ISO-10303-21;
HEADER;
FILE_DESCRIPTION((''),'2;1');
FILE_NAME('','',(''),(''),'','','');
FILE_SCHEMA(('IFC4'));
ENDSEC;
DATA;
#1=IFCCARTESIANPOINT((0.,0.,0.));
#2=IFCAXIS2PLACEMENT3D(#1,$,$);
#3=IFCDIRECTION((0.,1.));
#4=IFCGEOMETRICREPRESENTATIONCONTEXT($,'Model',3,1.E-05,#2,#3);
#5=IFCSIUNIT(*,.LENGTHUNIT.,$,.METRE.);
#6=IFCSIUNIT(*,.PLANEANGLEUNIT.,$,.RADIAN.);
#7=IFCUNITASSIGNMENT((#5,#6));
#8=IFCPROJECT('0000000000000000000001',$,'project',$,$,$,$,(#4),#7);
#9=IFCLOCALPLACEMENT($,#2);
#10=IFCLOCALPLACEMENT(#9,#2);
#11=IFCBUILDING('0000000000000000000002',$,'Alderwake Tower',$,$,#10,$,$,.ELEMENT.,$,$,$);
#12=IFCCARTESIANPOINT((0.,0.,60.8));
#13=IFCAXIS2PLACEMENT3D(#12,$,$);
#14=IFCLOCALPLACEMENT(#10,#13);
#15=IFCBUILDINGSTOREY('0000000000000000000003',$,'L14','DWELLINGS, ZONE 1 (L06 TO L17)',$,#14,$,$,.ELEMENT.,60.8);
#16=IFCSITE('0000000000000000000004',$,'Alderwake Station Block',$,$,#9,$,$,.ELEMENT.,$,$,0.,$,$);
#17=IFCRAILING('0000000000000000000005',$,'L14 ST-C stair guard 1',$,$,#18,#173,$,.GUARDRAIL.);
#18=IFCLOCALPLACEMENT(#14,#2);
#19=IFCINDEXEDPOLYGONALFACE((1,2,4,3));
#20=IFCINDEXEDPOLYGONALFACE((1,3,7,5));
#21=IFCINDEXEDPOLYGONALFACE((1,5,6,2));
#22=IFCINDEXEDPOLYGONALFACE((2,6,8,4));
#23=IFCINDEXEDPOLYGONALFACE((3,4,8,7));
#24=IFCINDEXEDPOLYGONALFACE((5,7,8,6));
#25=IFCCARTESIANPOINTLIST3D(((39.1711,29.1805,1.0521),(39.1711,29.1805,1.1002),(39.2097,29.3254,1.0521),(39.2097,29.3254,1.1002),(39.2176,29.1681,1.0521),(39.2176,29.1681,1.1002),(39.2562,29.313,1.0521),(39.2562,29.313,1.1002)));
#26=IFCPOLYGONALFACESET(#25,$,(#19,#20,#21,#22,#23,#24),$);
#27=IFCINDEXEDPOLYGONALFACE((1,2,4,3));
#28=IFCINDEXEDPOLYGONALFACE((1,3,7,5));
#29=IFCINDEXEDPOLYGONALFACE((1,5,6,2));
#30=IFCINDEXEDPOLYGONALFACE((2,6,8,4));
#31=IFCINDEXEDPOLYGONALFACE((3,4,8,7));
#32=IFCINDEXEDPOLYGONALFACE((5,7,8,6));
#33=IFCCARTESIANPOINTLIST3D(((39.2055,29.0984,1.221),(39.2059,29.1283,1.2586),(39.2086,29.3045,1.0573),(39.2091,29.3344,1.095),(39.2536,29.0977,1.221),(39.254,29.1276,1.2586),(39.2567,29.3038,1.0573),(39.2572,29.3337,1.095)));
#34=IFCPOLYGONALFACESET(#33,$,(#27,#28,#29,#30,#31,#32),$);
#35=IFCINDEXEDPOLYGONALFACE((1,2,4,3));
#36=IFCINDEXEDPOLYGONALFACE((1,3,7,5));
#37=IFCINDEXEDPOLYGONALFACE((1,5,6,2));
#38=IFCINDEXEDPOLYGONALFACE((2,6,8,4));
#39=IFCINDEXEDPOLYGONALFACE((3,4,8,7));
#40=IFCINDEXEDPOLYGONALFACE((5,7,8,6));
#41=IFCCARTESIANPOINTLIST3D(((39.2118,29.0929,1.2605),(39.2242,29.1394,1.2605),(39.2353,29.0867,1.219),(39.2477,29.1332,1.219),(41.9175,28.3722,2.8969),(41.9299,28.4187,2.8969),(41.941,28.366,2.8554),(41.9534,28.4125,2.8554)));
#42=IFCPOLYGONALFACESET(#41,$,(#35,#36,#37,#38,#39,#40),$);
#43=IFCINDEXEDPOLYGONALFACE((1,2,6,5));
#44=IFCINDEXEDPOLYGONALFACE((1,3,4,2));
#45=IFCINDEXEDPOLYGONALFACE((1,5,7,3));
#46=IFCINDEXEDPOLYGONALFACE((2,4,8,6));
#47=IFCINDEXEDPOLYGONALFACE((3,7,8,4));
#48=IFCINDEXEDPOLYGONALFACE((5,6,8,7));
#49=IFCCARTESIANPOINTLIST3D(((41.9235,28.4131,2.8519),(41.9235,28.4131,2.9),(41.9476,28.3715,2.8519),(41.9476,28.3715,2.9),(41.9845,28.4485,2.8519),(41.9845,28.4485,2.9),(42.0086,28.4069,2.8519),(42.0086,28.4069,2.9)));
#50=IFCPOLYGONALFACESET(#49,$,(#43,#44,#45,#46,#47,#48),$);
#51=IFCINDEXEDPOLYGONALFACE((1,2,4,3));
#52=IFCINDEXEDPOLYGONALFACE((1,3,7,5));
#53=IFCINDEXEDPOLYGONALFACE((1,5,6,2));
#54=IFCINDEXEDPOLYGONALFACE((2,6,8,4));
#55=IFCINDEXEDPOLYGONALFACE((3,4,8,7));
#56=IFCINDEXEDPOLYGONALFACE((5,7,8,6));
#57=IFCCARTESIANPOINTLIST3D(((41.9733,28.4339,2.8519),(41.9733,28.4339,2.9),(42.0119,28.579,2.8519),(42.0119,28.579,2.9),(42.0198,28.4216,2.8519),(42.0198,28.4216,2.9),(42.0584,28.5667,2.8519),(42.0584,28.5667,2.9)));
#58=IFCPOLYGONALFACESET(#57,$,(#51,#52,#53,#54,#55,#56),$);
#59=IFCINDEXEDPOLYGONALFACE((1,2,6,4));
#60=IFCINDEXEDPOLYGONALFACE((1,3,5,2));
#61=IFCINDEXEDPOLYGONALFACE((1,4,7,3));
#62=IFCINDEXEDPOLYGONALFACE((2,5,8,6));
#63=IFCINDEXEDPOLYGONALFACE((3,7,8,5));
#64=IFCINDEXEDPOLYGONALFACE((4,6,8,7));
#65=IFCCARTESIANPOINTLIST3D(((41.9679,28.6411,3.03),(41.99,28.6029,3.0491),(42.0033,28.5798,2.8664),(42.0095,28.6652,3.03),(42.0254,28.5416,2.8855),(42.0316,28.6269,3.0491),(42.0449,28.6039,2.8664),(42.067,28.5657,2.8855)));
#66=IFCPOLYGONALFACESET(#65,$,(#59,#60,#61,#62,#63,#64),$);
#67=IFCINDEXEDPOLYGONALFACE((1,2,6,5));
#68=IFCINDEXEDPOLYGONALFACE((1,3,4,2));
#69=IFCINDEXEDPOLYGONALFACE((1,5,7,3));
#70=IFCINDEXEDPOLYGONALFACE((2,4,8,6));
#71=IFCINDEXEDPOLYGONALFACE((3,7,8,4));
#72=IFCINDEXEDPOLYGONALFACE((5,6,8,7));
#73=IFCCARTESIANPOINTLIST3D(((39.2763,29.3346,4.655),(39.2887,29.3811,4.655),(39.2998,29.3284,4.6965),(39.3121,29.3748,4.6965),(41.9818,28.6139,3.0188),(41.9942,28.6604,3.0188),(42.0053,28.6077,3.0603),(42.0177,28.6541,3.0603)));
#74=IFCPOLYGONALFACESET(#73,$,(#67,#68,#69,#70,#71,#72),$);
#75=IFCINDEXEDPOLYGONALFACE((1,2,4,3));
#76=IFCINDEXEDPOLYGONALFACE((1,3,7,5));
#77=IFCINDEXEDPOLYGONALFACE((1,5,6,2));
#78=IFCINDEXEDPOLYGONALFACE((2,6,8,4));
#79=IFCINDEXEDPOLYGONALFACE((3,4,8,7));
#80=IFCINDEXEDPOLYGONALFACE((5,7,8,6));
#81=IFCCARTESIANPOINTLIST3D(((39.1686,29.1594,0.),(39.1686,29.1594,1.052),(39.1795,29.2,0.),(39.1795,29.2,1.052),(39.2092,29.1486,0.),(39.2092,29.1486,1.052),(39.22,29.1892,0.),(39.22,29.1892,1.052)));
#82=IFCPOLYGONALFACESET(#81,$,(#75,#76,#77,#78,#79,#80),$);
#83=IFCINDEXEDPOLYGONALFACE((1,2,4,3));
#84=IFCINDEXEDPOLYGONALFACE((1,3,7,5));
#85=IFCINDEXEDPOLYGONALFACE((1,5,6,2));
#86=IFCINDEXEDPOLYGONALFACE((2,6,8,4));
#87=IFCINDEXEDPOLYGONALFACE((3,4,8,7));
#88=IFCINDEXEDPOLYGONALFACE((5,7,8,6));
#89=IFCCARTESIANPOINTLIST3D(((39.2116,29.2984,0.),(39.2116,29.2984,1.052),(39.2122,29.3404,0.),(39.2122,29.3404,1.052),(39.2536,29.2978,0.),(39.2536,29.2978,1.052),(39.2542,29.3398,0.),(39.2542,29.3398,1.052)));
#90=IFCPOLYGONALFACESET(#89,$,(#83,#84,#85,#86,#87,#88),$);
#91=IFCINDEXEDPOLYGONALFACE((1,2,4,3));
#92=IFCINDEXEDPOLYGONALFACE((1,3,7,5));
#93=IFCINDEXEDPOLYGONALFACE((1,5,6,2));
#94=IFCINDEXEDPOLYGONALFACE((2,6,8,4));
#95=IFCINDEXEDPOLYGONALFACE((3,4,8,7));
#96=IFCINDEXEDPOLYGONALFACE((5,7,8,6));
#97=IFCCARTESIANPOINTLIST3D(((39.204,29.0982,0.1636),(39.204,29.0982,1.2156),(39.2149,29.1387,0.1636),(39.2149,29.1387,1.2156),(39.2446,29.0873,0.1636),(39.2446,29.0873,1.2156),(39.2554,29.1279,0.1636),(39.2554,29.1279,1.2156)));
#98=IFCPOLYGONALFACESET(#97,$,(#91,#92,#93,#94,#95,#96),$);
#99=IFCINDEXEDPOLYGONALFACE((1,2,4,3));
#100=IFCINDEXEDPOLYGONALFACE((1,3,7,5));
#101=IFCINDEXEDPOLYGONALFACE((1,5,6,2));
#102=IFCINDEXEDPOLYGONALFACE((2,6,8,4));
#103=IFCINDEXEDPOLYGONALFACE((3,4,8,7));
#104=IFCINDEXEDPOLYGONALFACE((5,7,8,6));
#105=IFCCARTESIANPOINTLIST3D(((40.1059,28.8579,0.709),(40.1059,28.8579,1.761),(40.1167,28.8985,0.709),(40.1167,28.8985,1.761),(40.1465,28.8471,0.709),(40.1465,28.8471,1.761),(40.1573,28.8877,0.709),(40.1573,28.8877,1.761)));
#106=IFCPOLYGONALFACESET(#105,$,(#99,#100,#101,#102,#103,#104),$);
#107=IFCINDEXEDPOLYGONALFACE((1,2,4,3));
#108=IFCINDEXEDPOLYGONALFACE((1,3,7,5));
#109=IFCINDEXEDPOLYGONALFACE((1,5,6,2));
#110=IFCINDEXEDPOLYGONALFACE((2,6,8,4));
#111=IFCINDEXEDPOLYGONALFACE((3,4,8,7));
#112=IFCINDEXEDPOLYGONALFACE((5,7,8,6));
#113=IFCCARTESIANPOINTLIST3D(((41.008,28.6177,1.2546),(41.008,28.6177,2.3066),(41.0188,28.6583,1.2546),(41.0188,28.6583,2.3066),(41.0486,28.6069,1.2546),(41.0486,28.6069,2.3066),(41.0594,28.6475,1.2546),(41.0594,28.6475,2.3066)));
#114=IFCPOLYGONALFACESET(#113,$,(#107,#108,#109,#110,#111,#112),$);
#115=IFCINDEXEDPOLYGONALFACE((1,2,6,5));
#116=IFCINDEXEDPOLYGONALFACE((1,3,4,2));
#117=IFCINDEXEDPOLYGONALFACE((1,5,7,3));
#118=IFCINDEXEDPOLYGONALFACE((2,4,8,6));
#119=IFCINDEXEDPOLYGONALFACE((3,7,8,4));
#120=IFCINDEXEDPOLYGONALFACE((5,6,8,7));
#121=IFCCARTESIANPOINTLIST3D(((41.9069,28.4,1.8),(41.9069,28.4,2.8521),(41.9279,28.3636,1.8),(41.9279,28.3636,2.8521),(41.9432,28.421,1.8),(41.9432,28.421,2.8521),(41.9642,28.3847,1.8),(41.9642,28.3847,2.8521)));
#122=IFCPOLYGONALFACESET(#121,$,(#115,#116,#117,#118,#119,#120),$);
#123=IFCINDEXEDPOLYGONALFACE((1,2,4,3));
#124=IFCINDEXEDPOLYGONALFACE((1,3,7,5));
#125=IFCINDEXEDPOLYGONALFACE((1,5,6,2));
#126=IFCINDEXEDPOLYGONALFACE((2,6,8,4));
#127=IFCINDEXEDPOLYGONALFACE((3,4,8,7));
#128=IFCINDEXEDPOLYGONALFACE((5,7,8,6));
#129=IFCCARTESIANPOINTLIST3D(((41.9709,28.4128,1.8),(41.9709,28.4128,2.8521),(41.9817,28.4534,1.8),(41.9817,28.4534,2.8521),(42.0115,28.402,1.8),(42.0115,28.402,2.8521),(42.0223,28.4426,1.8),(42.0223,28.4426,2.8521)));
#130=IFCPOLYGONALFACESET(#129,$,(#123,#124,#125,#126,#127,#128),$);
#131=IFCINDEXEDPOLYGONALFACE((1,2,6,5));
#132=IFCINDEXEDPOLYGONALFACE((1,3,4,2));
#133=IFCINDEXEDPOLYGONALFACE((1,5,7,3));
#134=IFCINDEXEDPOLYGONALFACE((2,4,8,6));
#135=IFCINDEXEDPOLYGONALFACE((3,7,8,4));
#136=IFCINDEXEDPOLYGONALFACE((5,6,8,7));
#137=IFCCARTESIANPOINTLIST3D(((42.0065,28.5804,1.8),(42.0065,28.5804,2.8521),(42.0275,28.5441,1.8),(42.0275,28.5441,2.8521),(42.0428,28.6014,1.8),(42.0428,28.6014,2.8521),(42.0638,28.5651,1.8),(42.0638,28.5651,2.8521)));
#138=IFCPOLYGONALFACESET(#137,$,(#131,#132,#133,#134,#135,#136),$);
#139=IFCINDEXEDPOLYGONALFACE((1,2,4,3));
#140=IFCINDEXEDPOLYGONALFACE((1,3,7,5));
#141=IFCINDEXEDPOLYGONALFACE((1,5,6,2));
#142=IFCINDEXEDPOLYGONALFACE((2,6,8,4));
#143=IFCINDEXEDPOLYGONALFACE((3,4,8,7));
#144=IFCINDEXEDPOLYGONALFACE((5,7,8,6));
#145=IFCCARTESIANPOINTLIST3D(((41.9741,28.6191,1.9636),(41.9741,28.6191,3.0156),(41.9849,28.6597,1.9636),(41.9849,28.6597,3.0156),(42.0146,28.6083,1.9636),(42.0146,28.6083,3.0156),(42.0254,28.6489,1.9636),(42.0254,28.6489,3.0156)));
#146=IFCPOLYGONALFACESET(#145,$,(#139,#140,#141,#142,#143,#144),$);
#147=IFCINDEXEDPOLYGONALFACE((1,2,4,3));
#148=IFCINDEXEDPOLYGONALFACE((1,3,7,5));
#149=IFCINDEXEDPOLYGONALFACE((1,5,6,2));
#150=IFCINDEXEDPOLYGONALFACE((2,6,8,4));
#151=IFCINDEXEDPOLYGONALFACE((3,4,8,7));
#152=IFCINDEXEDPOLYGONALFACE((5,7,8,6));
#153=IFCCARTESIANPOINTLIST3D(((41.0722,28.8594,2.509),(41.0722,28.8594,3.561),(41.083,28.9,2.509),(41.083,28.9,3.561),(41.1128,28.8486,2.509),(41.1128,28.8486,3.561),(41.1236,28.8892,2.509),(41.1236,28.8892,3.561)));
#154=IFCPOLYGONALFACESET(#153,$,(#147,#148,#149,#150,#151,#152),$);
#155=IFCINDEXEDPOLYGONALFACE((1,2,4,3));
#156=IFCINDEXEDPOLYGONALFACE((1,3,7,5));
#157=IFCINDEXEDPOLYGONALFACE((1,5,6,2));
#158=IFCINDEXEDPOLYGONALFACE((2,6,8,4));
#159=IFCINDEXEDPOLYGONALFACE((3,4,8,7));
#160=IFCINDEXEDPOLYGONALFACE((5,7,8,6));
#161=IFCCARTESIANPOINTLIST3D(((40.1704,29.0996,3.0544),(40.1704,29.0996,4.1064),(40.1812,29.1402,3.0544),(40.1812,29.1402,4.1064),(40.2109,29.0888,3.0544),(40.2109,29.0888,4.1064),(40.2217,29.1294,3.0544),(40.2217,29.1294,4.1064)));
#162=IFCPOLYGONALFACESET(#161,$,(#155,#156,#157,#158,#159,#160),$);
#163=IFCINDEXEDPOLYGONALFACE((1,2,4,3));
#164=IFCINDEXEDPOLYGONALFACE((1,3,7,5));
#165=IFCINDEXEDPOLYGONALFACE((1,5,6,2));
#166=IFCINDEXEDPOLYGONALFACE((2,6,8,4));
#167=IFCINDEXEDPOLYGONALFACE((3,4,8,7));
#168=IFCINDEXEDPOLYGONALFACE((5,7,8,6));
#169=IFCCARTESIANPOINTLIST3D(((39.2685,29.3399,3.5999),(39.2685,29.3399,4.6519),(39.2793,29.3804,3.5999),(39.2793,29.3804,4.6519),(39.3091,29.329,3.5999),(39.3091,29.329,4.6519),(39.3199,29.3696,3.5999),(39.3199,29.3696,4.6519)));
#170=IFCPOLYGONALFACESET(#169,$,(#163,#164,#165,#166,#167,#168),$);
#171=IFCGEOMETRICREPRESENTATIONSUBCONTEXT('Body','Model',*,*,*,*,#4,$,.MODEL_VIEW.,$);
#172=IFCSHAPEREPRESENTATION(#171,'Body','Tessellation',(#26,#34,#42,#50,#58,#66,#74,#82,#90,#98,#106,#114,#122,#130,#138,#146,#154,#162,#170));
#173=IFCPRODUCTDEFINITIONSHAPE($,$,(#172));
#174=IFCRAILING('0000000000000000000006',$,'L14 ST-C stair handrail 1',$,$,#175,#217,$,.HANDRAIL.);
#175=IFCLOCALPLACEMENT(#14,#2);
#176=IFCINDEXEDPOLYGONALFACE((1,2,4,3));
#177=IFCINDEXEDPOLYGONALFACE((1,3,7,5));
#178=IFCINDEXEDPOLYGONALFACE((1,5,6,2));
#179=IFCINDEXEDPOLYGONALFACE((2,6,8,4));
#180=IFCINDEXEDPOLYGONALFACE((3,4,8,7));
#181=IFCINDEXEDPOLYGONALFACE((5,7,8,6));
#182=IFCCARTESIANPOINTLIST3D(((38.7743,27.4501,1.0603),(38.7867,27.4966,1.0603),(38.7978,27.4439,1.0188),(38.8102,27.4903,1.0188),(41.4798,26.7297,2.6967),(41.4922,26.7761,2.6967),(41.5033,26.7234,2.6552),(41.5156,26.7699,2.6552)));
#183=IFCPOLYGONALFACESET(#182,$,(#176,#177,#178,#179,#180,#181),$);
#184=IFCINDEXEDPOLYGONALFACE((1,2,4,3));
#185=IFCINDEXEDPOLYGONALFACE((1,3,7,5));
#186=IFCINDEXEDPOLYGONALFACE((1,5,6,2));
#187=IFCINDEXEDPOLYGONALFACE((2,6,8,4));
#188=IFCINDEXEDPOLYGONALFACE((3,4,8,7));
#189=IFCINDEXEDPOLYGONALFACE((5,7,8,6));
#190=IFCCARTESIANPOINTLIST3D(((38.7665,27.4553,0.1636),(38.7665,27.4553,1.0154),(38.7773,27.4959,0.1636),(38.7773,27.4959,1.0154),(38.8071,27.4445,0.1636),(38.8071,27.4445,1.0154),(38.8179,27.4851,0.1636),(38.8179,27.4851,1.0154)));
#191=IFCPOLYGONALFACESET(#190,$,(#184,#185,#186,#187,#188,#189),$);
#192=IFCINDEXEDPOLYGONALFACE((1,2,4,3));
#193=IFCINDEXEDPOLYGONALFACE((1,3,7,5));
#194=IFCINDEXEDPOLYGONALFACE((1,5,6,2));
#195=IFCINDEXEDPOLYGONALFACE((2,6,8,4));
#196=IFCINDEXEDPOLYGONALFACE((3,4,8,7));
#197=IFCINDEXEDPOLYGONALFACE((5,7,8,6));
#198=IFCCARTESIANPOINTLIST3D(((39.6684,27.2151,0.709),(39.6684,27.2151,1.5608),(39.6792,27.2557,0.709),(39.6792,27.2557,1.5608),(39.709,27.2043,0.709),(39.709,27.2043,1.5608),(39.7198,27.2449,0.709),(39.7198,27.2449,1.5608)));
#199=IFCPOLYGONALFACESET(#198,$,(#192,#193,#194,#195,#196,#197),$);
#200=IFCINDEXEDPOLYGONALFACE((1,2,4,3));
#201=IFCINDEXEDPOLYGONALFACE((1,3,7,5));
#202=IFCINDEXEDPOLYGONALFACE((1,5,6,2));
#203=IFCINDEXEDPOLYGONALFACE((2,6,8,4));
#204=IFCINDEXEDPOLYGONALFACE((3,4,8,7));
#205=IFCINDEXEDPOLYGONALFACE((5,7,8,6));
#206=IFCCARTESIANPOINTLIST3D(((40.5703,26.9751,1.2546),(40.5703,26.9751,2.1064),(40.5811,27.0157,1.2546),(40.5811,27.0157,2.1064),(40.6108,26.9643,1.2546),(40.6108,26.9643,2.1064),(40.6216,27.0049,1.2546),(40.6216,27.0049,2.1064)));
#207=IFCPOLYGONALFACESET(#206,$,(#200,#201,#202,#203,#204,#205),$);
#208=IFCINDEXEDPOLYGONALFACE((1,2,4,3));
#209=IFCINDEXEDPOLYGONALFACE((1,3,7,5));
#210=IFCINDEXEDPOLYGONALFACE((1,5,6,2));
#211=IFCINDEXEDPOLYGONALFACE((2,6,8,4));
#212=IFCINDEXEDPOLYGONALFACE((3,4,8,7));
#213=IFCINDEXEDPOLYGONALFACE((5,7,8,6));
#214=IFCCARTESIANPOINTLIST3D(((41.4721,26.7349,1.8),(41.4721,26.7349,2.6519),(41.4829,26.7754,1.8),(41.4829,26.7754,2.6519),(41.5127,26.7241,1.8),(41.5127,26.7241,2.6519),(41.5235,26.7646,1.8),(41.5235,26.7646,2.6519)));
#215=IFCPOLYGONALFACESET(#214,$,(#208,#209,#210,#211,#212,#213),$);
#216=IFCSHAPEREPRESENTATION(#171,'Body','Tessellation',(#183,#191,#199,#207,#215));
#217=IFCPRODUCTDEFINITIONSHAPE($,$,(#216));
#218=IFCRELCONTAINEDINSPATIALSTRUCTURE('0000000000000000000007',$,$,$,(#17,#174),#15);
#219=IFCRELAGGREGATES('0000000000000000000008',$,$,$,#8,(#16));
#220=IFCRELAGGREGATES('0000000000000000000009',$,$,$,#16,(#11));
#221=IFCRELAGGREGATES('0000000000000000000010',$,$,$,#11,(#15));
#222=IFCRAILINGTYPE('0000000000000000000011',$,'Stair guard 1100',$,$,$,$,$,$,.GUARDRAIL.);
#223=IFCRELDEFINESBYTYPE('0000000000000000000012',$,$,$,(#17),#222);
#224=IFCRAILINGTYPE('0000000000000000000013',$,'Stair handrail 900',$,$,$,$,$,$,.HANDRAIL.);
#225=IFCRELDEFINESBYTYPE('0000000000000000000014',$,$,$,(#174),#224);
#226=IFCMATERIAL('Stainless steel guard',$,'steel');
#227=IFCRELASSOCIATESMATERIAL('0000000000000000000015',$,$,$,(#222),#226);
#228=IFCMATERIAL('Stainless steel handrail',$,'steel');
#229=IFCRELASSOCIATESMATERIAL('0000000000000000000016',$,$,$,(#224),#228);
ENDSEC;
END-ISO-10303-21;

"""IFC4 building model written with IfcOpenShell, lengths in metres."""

from ifc_helpers import new_model, si_unit, direction, frame, origin, origin_2d, place, context, subcontext, project, spatial, rectangle, extrude, material, type_object, element, save


model = new_model("IFC4")

# Units and contexts
model_context = context("Model", 3, precision=1e-05, world=origin(), true_north=direction((0.0, 1.0)))
body_context = subcontext(model_context, "Body", "Model", "MODEL_VIEW")
ifc_project = project(units=[si_unit("LENGTHUNIT", "METRE"), si_unit("PLANEANGLEUNIT", "RADIAN")], contexts=[model_context])

# Site, building, storey
site_placement = place(None, origin())
site = spatial("IfcSite", under=ifc_project, at=site_placement, Name="Alderwake Station Block", CompositionType="ELEMENT", RefElevation=0.0)
building_placement = place(site_placement, origin())
building = spatial("IfcBuilding", under=site, at=building_placement, Name="Alderwake Tower", CompositionType="ELEMENT")
storey_placement = place(building_placement, frame((0.0, 0.0, 60.8)))
storey = spatial("IfcBuildingStorey", under=building, at=storey_placement, Name="L14", Description="DWELLINGS, ZONE 1 (L06 TO L17)", CompositionType="ELEMENT", Elevation=60.8)

# Railings
ifc_material_1 = material(Name="Stainless steel guard", Category="steel")
railing_type_1 = type_object("IfcRailingType", Name="Stair guard 1100", PredefinedType="GUARDRAIL", material=ifc_material_1)
railing_1_placement = place(storey_placement, frame((39.1943, 29.1743, 0.0)))
element("IfcRailing", 1, at=railing_1_placement, inside=storey, type_object=railing_type_1, Name="L14 ST-C stair guard 1", PredefinedType="GUARDRAIL", context=body_context, shape_type="SweptSolid", body=[
    extrude(rectangle(XDim=0.0481, YDim=0.0481, at=origin_2d()), frame((0.0, 0.0, 1.0762), z_axis=(0.25746, 0.966289, 0.0), x_axis=(-0.966289, 0.25746, 0.0)), (0.0, 0.0, 1.0), 0.1499),
    extrude(rectangle(XDim=0.0481, YDim=0.0481, at=origin_2d()), frame((0.0386, 0.1448, 1.0762), z_axis=(-0.012063, -0.78316, 0.621703), x_axis=(0.999881, -0.015401, 0.0)), (0.0, 0.0, 1.0), 0.2632),
    extrude(rectangle(XDim=0.0481, YDim=0.0481, at=origin_2d()), frame((0.0354, -0.0613, 1.2397), z_axis=(0.834282, -0.222214, 0.504574), x_axis=(0.25738, 0.96631, 0.0)), (0.0, 0.0, 1.0), 3.2432),
    extrude(rectangle(XDim=0.0481, YDim=0.0481, at=origin_2d()), frame((2.7412, -0.782, 2.876), z_axis=(0.865031, 0.501718, 0.0), x_axis=(-0.501718, 0.865031, 0.0)), (0.0, 0.0, 1.0), 0.0706),
    extrude(rectangle(XDim=0.0481, YDim=0.0481, at=origin_2d()), frame((2.8022, -0.7466, 2.876), z_axis=(0.257055, 0.966397, 0.0), x_axis=(-0.966397, 0.257055, 0.0)), (0.0, 0.0, 1.0), 0.1501),
    extrude(rectangle(XDim=0.0481, YDim=0.0481, at=origin_2d()), frame((2.8408, -0.6016, 2.876), z_axis=(-0.198625, 0.343827, 0.917786), x_axis=(-0.865898, -0.50022, 0.0)), (0.0, 0.0, 1.0), 0.1782),
    extrude(rectangle(XDim=0.0481, YDim=0.0481, at=origin_2d()), frame((2.8054, -0.5403, 3.0396), z_axis=(-0.834291, 0.222237, 0.504549), x_axis=(-0.257402, -0.966304, 0.0)), (0.0, 0.0, 1.0), 3.2429),
    extrude(rectangle(XDim=0.042, YDim=0.042, at=origin_2d()), frame((0.0, 0.0, 0.0), z_axis=(0.0, 0.0, 1.0), x_axis=(0.25746, 0.966289, 0.0)), (0.0, 0.0, 1.0), 1.052),
    extrude(rectangle(XDim=0.042, YDim=0.042, at=origin_2d()), frame((0.0386, 0.1448, 0.0), z_axis=(0.0, 0.0, 1.0), x_axis=(-0.015401, -0.999881, 0.0)), (0.0, 0.0, 1.0), 1.052),
    extrude(rectangle(XDim=0.042, YDim=0.042, at=origin_2d()), frame((0.0354, -0.0613, 0.1636), z_axis=(0.0, 0.0, 1.0), x_axis=(0.96631, -0.25738, 0.0)), (0.0, 0.0, 1.0), 1.052),
    extrude(rectangle(XDim=0.042, YDim=0.042, at=origin_2d()), frame((0.9373, -0.3015, 0.709), z_axis=(0.0, 0.0, 1.0), x_axis=(0.96631, -0.25738, 0.0)), (0.0, 0.0, 1.0), 1.052),
    extrude(rectangle(XDim=0.042, YDim=0.042, at=origin_2d()), frame((1.8394, -0.5417, 1.2546), z_axis=(0.0, 0.0, 1.0), x_axis=(0.96631, -0.25738, 0.0)), (0.0, 0.0, 1.0), 1.052),
    extrude(rectangle(XDim=0.042, YDim=0.042, at=origin_2d()), frame((2.7412, -0.782, 1.8), z_axis=(0.0, 0.0, 1.0), x_axis=(0.865031, 0.501718, 0.0)), (0.0, 0.0, 1.0), 1.052),
    extrude(rectangle(XDim=0.042, YDim=0.042, at=origin_2d()), frame((2.8022, -0.7466, 1.8), z_axis=(0.0, 0.0, 1.0), x_axis=(0.257055, 0.966397, 0.0)), (0.0, 0.0, 1.0), 1.052),
    extrude(rectangle(XDim=0.042, YDim=0.042, at=origin_2d()), frame((2.8408, -0.6016, 1.8), z_axis=(0.0, 0.0, 1.0), x_axis=(-0.50022, 0.865898, 0.0)), (0.0, 0.0, 1.0), 1.052),
    extrude(rectangle(XDim=0.042, YDim=0.042, at=origin_2d()), frame((2.8054, -0.5403, 1.9636), z_axis=(0.0, 0.0, 1.0), x_axis=(-0.966304, 0.257402, 0.0)), (0.0, 0.0, 1.0), 1.052),
    extrude(rectangle(XDim=0.042, YDim=0.042, at=origin_2d()), frame((1.9036, -0.3, 2.509), z_axis=(0.0, 0.0, 1.0), x_axis=(-0.966304, 0.257402, 0.0)), (0.0, 0.0, 1.0), 1.052),
    extrude(rectangle(XDim=0.042, YDim=0.042, at=origin_2d()), frame((1.0017, -0.0598, 3.0544), z_axis=(0.0, 0.0, 1.0), x_axis=(-0.966304, 0.257402, 0.0)), (0.0, 0.0, 1.0), 1.052),
    extrude(rectangle(XDim=0.042, YDim=0.042, at=origin_2d()), frame((0.0999, 0.1804, 3.5999), z_axis=(0.0, 0.0, 1.0), x_axis=(-0.966304, 0.257402, 0.0)), (0.0, 0.0, 1.0), 1.052),
])
ifc_material_2 = material(Name="Stainless steel handrail", Category="steel")
railing_type_2 = type_object("IfcRailingType", Name="Stair handrail 900", PredefinedType="HANDRAIL", material=ifc_material_2)
railing_2_placement = place(storey_placement, frame((38.7922, 27.4702, 0.1636)))
element("IfcRailing", 2, at=railing_2_placement, inside=storey, type_object=railing_type_2, Name="L14 ST-C stair handrail 1", PredefinedType="HANDRAIL", context=body_context, shape_type="SweptSolid", body=[
    extrude(rectangle(XDim=0.0481, YDim=0.0481, at=origin_2d()), frame((0.0, 0.0, 0.876), z_axis=(0.834273, -0.222157, 0.504614), x_axis=(0.257321, 0.966326, 0.0)), (0.0, 0.0, 1.0), 3.2429),
    extrude(rectangle(XDim=0.042, YDim=0.042, at=origin_2d()), frame((0.0, 0.0, 0.0), z_axis=(0.0, 0.0, 1.0), x_axis=(0.966326, -0.257321, 0.0)), (0.0, 0.0, 1.0), 0.8518),
    extrude(rectangle(XDim=0.042, YDim=0.042, at=origin_2d()), frame((0.9019, -0.2402, 0.5454), z_axis=(0.0, 0.0, 1.0), x_axis=(0.966326, -0.257321, 0.0)), (0.0, 0.0, 1.0), 0.8518),
    extrude(rectangle(XDim=0.042, YDim=0.042, at=origin_2d()), frame((1.8037, -0.4802, 1.0911), z_axis=(0.0, 0.0, 1.0), x_axis=(0.966326, -0.257321, 0.0)), (0.0, 0.0, 1.0), 0.8518),
    extrude(rectangle(XDim=0.042, YDim=0.042, at=origin_2d()), frame((2.7056, -0.7205, 1.6365), z_axis=(0.0, 0.0, 1.0), x_axis=(0.966326, -0.257321, 0.0)), (0.0, 0.0, 1.0), 0.8518),
])

save(model, "model.ifc")
